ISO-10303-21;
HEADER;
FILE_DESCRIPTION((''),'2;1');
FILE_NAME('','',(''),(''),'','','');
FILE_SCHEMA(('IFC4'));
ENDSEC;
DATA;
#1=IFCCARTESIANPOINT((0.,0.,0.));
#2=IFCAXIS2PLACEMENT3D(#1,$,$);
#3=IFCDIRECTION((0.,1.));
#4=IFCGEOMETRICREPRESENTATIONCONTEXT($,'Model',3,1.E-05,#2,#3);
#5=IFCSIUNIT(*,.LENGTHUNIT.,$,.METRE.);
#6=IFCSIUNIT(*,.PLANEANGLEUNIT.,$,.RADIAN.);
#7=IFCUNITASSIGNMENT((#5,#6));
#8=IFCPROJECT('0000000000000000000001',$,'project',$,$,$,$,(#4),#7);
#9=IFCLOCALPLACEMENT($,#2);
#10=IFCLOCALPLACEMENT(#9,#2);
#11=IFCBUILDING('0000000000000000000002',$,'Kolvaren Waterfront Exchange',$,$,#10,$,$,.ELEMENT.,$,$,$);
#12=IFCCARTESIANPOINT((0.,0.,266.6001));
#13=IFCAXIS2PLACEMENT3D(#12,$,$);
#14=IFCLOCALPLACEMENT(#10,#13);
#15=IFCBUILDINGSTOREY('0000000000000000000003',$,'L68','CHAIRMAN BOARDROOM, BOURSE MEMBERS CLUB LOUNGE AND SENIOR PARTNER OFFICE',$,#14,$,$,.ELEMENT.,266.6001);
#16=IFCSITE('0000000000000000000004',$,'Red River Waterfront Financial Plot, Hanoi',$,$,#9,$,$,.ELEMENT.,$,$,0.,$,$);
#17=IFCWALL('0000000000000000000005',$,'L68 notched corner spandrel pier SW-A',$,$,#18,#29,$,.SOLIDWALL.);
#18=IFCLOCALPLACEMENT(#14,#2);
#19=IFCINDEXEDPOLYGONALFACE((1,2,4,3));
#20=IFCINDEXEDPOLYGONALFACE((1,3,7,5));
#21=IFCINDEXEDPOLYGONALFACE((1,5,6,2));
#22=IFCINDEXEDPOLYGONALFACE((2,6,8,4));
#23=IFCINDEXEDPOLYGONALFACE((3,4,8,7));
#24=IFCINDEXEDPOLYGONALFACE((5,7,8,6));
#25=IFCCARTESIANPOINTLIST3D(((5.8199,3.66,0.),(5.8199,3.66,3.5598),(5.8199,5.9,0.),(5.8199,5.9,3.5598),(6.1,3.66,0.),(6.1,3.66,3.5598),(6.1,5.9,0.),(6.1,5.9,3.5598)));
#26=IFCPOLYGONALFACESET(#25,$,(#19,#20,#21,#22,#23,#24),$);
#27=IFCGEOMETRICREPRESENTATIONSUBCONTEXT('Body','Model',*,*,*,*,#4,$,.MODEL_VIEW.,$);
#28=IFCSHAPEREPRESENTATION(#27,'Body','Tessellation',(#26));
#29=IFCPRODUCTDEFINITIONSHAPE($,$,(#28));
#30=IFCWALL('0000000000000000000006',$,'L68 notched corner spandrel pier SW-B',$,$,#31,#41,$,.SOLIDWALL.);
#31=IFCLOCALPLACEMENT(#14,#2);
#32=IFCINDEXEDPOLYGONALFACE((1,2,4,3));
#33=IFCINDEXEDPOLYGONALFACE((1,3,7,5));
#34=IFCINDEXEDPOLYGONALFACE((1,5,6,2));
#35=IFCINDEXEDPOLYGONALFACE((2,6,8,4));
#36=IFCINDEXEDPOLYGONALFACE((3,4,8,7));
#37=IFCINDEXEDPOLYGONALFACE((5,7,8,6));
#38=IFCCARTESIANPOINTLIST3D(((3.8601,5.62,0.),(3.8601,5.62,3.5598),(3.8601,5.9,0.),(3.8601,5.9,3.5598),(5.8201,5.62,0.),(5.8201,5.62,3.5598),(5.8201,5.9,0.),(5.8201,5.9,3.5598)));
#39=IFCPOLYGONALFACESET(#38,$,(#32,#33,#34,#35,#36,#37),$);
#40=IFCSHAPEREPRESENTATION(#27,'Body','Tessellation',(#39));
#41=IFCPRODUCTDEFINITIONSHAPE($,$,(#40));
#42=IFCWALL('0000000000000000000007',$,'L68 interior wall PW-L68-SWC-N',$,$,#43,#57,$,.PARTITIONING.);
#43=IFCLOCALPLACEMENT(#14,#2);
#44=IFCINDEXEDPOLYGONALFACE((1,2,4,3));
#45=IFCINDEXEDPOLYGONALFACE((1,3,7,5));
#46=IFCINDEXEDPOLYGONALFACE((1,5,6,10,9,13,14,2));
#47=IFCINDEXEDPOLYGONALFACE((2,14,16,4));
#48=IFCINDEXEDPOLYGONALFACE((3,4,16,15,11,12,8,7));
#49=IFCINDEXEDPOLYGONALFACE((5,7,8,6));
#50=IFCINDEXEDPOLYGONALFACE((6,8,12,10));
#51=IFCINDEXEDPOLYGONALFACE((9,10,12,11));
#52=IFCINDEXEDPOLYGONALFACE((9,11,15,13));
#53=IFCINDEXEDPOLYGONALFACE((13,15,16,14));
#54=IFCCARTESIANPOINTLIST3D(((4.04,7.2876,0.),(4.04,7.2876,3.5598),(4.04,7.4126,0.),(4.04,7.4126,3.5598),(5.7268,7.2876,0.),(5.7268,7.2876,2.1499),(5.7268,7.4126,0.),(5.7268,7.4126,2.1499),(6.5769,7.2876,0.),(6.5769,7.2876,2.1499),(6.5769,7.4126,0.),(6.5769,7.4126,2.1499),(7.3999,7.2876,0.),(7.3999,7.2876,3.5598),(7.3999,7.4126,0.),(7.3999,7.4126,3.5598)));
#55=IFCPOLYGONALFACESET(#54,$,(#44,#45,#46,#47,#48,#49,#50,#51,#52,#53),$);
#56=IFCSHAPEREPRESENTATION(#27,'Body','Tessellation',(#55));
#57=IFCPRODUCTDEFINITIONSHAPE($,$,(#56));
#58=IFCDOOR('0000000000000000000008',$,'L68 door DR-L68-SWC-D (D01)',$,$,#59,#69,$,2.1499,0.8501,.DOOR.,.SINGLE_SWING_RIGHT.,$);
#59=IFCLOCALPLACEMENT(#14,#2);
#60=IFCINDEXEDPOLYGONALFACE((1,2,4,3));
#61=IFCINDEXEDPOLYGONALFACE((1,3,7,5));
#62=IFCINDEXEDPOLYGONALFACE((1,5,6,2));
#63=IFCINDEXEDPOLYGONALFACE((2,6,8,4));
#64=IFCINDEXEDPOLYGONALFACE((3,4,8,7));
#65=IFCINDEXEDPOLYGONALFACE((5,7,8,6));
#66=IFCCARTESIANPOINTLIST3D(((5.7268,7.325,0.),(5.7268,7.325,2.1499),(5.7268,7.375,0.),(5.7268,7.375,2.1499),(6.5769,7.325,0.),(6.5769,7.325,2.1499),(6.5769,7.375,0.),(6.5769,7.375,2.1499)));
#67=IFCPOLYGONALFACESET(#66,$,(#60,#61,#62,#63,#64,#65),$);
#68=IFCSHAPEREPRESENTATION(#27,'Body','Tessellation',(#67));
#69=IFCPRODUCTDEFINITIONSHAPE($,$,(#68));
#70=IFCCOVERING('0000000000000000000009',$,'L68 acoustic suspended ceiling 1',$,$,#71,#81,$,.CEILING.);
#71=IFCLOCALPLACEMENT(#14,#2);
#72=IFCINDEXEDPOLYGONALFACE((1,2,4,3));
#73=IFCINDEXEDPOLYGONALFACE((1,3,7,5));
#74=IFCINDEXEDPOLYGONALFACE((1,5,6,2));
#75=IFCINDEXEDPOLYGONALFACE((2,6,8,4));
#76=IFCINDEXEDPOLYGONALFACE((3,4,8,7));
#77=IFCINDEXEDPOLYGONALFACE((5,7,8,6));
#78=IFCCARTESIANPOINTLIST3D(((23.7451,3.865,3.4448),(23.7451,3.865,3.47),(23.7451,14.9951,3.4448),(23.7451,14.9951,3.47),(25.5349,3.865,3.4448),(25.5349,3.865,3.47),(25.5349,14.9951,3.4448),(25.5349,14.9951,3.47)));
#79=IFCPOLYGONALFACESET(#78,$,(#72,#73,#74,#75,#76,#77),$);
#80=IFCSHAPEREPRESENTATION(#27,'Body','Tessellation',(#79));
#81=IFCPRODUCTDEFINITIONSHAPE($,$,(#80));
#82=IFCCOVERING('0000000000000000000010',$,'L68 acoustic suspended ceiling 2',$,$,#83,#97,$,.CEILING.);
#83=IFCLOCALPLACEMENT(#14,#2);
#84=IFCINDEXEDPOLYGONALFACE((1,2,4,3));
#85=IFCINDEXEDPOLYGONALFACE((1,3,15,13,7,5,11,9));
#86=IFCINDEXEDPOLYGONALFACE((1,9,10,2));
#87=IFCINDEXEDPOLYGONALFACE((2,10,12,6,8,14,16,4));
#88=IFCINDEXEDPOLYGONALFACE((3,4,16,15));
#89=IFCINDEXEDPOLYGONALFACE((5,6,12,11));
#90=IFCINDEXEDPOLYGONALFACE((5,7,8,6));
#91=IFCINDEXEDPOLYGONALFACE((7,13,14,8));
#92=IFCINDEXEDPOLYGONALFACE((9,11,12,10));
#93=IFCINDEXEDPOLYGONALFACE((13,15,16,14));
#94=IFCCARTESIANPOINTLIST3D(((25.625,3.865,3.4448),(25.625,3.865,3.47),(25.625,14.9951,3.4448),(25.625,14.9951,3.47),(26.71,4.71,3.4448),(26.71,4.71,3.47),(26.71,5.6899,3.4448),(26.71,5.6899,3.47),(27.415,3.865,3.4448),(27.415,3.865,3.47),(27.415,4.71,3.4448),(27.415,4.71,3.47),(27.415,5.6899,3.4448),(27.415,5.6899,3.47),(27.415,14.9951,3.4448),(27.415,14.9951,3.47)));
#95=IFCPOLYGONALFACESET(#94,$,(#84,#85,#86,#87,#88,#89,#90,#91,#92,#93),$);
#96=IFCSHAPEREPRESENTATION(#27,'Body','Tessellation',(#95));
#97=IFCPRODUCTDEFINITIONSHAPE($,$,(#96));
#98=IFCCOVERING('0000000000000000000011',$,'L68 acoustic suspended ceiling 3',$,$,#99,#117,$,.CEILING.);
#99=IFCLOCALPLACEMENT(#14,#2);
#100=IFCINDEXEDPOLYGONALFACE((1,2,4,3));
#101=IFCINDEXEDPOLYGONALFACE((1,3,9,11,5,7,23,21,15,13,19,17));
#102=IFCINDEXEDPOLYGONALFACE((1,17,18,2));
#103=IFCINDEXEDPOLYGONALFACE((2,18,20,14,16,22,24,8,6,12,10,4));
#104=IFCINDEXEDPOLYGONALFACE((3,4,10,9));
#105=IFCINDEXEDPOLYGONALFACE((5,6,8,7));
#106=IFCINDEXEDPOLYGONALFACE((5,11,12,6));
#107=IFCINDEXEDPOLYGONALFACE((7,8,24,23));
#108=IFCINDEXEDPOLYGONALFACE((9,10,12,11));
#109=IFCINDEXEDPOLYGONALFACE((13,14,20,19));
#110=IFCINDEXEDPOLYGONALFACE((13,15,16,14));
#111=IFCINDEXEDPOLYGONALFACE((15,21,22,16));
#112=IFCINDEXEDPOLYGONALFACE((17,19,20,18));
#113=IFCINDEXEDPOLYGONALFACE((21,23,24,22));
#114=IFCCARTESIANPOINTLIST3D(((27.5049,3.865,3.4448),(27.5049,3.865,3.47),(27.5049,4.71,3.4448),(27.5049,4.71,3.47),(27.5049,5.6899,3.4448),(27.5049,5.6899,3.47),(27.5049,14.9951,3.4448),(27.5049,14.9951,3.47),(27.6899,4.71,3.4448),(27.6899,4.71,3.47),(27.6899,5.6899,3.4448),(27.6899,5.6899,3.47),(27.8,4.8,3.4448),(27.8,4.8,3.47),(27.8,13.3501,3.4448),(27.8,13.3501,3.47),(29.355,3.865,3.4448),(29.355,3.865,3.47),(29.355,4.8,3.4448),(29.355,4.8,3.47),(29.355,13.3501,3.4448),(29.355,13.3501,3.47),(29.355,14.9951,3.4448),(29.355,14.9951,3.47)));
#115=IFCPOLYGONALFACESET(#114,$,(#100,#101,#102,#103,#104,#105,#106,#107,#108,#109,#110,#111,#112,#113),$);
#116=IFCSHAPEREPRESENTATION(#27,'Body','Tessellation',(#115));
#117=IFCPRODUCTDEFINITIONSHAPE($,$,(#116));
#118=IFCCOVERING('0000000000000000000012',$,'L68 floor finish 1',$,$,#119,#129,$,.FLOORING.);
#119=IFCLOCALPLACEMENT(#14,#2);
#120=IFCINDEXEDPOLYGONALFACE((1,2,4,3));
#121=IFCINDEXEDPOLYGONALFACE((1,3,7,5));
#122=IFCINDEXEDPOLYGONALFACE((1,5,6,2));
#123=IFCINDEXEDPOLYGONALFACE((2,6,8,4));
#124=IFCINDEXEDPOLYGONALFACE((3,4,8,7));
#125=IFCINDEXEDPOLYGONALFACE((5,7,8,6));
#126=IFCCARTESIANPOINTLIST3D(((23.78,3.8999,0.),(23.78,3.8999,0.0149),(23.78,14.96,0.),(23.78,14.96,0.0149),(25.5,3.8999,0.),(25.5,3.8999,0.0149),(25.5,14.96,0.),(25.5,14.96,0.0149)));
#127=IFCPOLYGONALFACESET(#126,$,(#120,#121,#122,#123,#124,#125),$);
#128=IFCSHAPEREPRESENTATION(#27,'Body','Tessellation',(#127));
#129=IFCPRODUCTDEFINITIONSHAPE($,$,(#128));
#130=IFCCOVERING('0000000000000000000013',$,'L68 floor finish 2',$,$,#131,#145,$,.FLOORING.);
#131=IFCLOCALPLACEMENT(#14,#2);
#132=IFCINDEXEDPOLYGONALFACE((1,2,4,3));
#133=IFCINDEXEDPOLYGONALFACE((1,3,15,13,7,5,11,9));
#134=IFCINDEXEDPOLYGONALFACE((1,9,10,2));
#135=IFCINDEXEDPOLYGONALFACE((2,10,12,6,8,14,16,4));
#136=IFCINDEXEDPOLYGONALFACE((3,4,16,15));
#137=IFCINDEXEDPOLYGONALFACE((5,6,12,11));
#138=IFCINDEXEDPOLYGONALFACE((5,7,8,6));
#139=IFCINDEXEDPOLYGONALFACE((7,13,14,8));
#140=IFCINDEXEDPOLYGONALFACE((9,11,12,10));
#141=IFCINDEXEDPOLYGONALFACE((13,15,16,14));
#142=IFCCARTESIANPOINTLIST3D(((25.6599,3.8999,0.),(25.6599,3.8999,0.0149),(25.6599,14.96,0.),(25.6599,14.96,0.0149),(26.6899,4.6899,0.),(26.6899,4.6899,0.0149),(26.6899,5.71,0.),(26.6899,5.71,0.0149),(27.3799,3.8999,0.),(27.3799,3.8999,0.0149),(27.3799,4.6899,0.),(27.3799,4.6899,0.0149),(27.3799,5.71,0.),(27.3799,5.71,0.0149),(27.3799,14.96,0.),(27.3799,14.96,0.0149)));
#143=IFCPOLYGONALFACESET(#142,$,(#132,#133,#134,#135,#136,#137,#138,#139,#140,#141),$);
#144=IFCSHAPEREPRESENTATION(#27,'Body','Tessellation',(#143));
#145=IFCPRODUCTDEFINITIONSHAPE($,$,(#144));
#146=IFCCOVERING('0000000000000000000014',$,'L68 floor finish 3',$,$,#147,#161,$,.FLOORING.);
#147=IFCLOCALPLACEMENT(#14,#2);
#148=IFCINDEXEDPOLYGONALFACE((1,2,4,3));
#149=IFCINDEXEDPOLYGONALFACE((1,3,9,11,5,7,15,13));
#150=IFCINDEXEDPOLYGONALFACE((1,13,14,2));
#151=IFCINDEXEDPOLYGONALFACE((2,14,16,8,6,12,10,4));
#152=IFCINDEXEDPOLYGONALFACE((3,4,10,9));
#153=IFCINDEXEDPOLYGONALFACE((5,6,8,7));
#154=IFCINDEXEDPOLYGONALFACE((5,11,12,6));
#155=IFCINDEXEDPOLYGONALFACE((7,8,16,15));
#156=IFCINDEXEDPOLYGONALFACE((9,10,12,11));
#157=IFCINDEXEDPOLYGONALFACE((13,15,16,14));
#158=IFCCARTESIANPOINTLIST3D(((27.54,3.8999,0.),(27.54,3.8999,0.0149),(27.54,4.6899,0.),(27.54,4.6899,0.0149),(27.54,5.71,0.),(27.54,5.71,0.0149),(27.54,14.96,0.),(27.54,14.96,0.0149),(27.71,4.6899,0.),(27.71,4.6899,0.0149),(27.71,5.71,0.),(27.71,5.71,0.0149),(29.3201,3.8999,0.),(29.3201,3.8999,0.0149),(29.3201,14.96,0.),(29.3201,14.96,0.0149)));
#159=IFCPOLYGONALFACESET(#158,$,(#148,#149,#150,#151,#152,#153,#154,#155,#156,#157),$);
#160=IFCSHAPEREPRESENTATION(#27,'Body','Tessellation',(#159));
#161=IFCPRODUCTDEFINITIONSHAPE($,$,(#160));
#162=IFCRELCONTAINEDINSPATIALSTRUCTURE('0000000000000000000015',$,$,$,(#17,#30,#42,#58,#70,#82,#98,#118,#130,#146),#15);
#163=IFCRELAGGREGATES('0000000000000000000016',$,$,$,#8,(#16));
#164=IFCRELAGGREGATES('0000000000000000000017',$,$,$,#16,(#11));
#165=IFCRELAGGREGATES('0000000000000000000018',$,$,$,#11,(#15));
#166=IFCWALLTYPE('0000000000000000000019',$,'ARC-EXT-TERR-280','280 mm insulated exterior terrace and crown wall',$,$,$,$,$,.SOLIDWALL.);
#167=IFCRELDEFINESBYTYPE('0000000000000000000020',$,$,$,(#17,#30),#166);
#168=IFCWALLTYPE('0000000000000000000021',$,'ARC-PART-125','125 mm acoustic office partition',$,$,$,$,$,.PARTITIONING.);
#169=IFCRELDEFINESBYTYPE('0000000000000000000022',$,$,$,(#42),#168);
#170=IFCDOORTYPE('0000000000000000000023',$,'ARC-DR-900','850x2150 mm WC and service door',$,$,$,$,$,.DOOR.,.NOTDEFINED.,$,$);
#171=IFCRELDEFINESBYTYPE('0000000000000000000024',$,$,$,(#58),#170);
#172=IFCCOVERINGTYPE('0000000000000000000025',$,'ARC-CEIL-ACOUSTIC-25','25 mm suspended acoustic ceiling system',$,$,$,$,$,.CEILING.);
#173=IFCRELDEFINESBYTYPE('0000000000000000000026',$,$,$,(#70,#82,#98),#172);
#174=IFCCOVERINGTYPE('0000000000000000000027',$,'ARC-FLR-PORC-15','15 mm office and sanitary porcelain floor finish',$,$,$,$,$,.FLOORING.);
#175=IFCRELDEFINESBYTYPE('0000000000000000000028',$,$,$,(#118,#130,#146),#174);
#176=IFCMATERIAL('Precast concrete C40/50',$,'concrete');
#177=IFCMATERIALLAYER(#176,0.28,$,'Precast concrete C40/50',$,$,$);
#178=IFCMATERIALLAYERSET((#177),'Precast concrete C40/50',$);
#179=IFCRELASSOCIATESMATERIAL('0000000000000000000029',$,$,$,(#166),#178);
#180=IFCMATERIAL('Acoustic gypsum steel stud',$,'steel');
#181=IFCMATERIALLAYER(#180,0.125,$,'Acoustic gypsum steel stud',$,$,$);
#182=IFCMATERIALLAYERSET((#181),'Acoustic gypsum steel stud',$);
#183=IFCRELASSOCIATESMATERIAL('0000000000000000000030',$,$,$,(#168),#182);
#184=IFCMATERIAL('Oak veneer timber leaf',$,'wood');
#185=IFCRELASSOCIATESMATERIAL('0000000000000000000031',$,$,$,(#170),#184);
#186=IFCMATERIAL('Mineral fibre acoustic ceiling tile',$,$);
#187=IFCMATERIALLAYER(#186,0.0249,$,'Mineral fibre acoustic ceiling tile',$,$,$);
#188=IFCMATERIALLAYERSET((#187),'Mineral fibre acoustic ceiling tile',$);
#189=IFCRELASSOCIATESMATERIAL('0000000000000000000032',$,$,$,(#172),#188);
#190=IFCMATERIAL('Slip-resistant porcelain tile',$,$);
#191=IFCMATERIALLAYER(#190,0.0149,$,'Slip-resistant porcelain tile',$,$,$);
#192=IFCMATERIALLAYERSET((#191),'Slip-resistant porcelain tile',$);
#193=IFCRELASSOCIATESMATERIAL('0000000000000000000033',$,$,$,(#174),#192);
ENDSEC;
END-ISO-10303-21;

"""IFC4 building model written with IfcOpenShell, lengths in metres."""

from ifc_helpers import new_model, si_unit, direction, frame, frame_2d, origin, place, context, subcontext, project, spatial, polyline, rectangle, outline, extrude, material, layer, layer_set, type_object, element, fill, save


model = new_model("IFC4")

# Units and contexts
model_context = context("Model", 3, precision=1e-05, world=origin(), true_north=direction((0.0, 1.0)))
body_context = subcontext(model_context, "Body", "Model", "MODEL_VIEW")
ifc_project = project(units=[si_unit("LENGTHUNIT", "METRE"), si_unit("PLANEANGLEUNIT", "RADIAN")], contexts=[model_context])

# Site, building, storey
site_placement = place(None, origin())
site = spatial("IfcSite", under=ifc_project, at=site_placement, Name="Red River Waterfront Financial Plot, Hanoi", CompositionType="ELEMENT", RefElevation=0.0)
building_placement = place(site_placement, origin())
building = spatial("IfcBuilding", under=site, at=building_placement, Name="Kolvaren Waterfront Exchange", CompositionType="ELEMENT")
storey_placement = place(building_placement, frame((0.0, 0.0, 266.6001)))
storey = spatial("IfcBuildingStorey", under=building, at=storey_placement, Name="L68", Description="CHAIRMAN BOARDROOM, BOURSE MEMBERS CLUB LOUNGE AND SENIOR PARTNER OFFICE", CompositionType="ELEMENT", Elevation=266.6001)

# Walls
ifc_material_1 = material(Name="Precast concrete C40/50", Category="concrete")
ifc_layer_1 = layer(ifc_material_1, 0.28, Name="Precast concrete C40/50")
ifc_layer_set_1 = layer_set([ifc_layer_1], Name="Precast concrete C40/50")
wall_type_1 = type_object("IfcWallType", Name="ARC-EXT-TERR-280", Description="280 mm insulated exterior terrace and crown wall", PredefinedType="SOLIDWALL", material=ifc_layer_set_1)
wall_1_placement = place(storey_placement, frame((5.96, 3.6599, 0.0), z_axis=(0.0, 0.0, 1.0), x_axis=(0.0, 1.0, 0.0)))
element("IfcWall", 1, at=wall_1_placement, inside=storey, type_object=wall_type_1, Name="L68 notched corner spandrel pier SW-A", PredefinedType="SOLIDWALL", context=body_context, shape_type="SweptSolid", body=[
    extrude(rectangle(XDim=2.24, YDim=0.28, at=frame_2d((1.1201, 0.0))), origin(), (0.0, 0.0, 1.0), 3.5598),
])
wall_2_placement = place(storey_placement, frame((3.8601, 5.76, 0.0), z_axis=(0.0, 0.0, 1.0), x_axis=(1.0, 0.0, 0.0)))
element("IfcWall", 2, at=wall_2_placement, inside=storey, type_object=wall_type_1, Name="L68 notched corner spandrel pier SW-B", PredefinedType="SOLIDWALL", context=body_context, shape_type="SweptSolid", body=[
    extrude(rectangle(XDim=1.96, YDim=0.28, at=frame_2d((0.98, 0.0))), origin(), (0.0, 0.0, 1.0), 3.5598),
])

# Wall, opening, door
ifc_material_2 = material(Name="Acoustic gypsum steel stud", Category="steel")
ifc_layer_2 = layer(ifc_material_2, 0.125, Name="Acoustic gypsum steel stud")
ifc_layer_set_2 = layer_set([ifc_layer_2], Name="Acoustic gypsum steel stud")
wall_type_2 = type_object("IfcWallType", Name="ARC-PART-125", Description="125 mm acoustic office partition", PredefinedType="PARTITIONING", material=ifc_layer_set_2)
wall_3_placement = place(storey_placement, frame((4.04, 7.3501, 0.0), z_axis=(0.0, 0.0, 1.0), x_axis=(1.0, 0.0, 0.0)))
wall_3 = element("IfcWall", 3, at=wall_3_placement, inside=storey, type_object=wall_type_2, Name="L68 interior wall PW-L68-SWC-N", PredefinedType="PARTITIONING", context=body_context, shape_type="SweptSolid", body=[
    extrude(rectangle(XDim=3.3599, YDim=0.125, at=frame_2d((1.6799, 0.0))), origin(), (0.0, 0.0, 1.0), 3.5598),
])
opening_placement = place(wall_3_placement, frame((1.6868, 0.0, 0.0)))
opening = element("IfcOpeningElement", 4, at=opening_placement, cuts=wall_3, PredefinedType="OPENING", context=body_context, shape_type="SweptSolid", body=[
    extrude(rectangle(XDim=0.8501, YDim=2.1499, at=frame_2d((0.425, 1.075))), frame((0.0, 0.0725, 0.0), z_axis=(0.0, -1.0, 0.0), x_axis=(1.0, 0.0, 0.0)), (0.0, 0.0, 1.0), 0.145),
])
ifc_material_3 = material(Name="Oak veneer timber leaf", Category="wood")
door_type = type_object("IfcDoorType", Name="ARC-DR-900", Description="850x2150 mm WC and service door", OperationType="NOTDEFINED", PredefinedType="DOOR", material=ifc_material_3)
door_placement = place(opening_placement, origin())
door = element("IfcDoor", 5, at=door_placement, inside=storey, type_object=door_type, Name="L68 door DR-L68-SWC-D (D01)", OperationType="SINGLE_SWING_RIGHT", OverallHeight=2.1499, OverallWidth=0.8501, PredefinedType="DOOR", context=body_context, shape_type="SweptSolid", body=[
    extrude(rectangle(XDim=0.8501, YDim=2.1499, at=frame_2d((0.425, 1.075))), frame((0.0, 0.0249, 0.0), z_axis=(0.0, -1.0, 0.0), x_axis=(1.0, 0.0, 0.0)), (0.0, 0.0, 1.0), 0.05),
])
fill(opening, door)

# Coverings
ifc_material_4 = material(Name="Mineral fibre acoustic ceiling tile")
ifc_layer_3 = layer(ifc_material_4, 0.0249, Name="Mineral fibre acoustic ceiling tile")
ifc_layer_set_3 = layer_set([ifc_layer_3], Name="Mineral fibre acoustic ceiling tile")
covering_type_1 = type_object("IfcCoveringType", Name="ARC-CEIL-ACOUSTIC-25", Description="25 mm suspended acoustic ceiling system", PredefinedType="CEILING", material=ifc_layer_set_3)
covering_1_placement = place(storey_placement, frame((0.0, 0.0, 3.4448)))
element("IfcCovering", 6, at=covering_1_placement, inside=storey, type_object=covering_type_1, Name="L68 acoustic suspended ceiling 1", PredefinedType="CEILING", context=body_context, shape_type="SweptSolid", body=[
    extrude(outline(polyline([(25.5349, 3.865), (25.5349, 14.9951), (23.7451, 14.9951), (23.7451, 3.865), (25.5349, 3.865)])), origin(), (0.0, 0.0, 1.0), 0.0251),
])
covering_2_placement = place(storey_placement, frame((0.0, 0.0, 3.4448)))
element("IfcCovering", 7, at=covering_2_placement, inside=storey, type_object=covering_type_1, Name="L68 acoustic suspended ceiling 2", PredefinedType="CEILING", context=body_context, shape_type="SweptSolid", body=[
    extrude(outline(polyline([(27.415, 4.71), (26.71, 4.71), (26.71, 5.6899), (27.415, 5.6899), (27.415, 14.9951), (25.625, 14.9951), (25.625, 3.865), (27.415, 3.865), (27.415, 4.71)])), origin(), (0.0, 0.0, 1.0), 0.0251),
])
covering_3_placement = place(storey_placement, frame((0.0, 0.0, 3.4448)))
element("IfcCovering", 8, at=covering_3_placement, inside=storey, type_object=covering_type_1, Name="L68 acoustic suspended ceiling 3", PredefinedType="CEILING", context=body_context, shape_type="SweptSolid", body=[
    extrude(outline(polyline([(27.5049, 5.6899), (27.6899, 5.6899), (27.6899, 4.71), (27.5049, 4.71), (27.5049, 3.865), (29.355, 3.865), (29.355, 4.8), (27.8, 4.8), (27.8, 13.3501), (29.355, 13.3501), (29.355, 14.9951), (27.5049, 14.9951), (27.5049, 5.6899)])), origin(), (0.0, 0.0, 1.0), 0.0251),
])
ifc_material_5 = material(Name="Slip-resistant porcelain tile")
ifc_layer_4 = layer(ifc_material_5, 0.0149, Name="Slip-resistant porcelain tile")
ifc_layer_set_4 = layer_set([ifc_layer_4], Name="Slip-resistant porcelain tile")
covering_type_2 = type_object("IfcCoveringType", Name="ARC-FLR-PORC-15", Description="15 mm office and sanitary porcelain floor finish", PredefinedType="FLOORING", material=ifc_layer_set_4)
covering_4_placement = place(storey_placement, origin())
element("IfcCovering", 9, at=covering_4_placement, inside=storey, type_object=covering_type_2, Name="L68 floor finish 1", PredefinedType="FLOORING", context=body_context, shape_type="SweptSolid", body=[
    extrude(outline(polyline([(23.78, 14.96), (23.78, 3.8999), (25.5, 3.8999), (25.5, 14.96), (23.78, 14.96)])), origin(), (0.0, 0.0, 1.0), 0.0149),
])
covering_5_placement = place(storey_placement, origin())
element("IfcCovering", 10, at=covering_5_placement, inside=storey, type_object=covering_type_2, Name="L68 floor finish 2", PredefinedType="FLOORING", context=body_context, shape_type="SweptSolid", body=[
    extrude(outline(polyline([(25.6599, 14.96), (25.6599, 3.8999), (27.3799, 3.8999), (27.3799, 4.6899), (26.6899, 4.6899), (26.6899, 5.71), (27.3799, 5.71), (27.3799, 14.96), (25.6599, 14.96)])), origin(), (0.0, 0.0, 1.0), 0.0149),
])
covering_6_placement = place(storey_placement, origin())
element("IfcCovering", 11, at=covering_6_placement, inside=storey, type_object=covering_type_2, Name="L68 floor finish 3", PredefinedType="FLOORING", context=body_context, shape_type="SweptSolid", body=[
    extrude(outline(polyline([(27.54, 4.6899), (27.54, 3.8999), (29.3201, 3.8999), (29.3201, 14.96), (27.54, 14.96), (27.54, 5.71), (27.71, 5.71), (27.71, 4.6899), (27.54, 4.6899)])), origin(), (0.0, 0.0, 1.0), 0.0149),
])

save(model, "model.ifc")
